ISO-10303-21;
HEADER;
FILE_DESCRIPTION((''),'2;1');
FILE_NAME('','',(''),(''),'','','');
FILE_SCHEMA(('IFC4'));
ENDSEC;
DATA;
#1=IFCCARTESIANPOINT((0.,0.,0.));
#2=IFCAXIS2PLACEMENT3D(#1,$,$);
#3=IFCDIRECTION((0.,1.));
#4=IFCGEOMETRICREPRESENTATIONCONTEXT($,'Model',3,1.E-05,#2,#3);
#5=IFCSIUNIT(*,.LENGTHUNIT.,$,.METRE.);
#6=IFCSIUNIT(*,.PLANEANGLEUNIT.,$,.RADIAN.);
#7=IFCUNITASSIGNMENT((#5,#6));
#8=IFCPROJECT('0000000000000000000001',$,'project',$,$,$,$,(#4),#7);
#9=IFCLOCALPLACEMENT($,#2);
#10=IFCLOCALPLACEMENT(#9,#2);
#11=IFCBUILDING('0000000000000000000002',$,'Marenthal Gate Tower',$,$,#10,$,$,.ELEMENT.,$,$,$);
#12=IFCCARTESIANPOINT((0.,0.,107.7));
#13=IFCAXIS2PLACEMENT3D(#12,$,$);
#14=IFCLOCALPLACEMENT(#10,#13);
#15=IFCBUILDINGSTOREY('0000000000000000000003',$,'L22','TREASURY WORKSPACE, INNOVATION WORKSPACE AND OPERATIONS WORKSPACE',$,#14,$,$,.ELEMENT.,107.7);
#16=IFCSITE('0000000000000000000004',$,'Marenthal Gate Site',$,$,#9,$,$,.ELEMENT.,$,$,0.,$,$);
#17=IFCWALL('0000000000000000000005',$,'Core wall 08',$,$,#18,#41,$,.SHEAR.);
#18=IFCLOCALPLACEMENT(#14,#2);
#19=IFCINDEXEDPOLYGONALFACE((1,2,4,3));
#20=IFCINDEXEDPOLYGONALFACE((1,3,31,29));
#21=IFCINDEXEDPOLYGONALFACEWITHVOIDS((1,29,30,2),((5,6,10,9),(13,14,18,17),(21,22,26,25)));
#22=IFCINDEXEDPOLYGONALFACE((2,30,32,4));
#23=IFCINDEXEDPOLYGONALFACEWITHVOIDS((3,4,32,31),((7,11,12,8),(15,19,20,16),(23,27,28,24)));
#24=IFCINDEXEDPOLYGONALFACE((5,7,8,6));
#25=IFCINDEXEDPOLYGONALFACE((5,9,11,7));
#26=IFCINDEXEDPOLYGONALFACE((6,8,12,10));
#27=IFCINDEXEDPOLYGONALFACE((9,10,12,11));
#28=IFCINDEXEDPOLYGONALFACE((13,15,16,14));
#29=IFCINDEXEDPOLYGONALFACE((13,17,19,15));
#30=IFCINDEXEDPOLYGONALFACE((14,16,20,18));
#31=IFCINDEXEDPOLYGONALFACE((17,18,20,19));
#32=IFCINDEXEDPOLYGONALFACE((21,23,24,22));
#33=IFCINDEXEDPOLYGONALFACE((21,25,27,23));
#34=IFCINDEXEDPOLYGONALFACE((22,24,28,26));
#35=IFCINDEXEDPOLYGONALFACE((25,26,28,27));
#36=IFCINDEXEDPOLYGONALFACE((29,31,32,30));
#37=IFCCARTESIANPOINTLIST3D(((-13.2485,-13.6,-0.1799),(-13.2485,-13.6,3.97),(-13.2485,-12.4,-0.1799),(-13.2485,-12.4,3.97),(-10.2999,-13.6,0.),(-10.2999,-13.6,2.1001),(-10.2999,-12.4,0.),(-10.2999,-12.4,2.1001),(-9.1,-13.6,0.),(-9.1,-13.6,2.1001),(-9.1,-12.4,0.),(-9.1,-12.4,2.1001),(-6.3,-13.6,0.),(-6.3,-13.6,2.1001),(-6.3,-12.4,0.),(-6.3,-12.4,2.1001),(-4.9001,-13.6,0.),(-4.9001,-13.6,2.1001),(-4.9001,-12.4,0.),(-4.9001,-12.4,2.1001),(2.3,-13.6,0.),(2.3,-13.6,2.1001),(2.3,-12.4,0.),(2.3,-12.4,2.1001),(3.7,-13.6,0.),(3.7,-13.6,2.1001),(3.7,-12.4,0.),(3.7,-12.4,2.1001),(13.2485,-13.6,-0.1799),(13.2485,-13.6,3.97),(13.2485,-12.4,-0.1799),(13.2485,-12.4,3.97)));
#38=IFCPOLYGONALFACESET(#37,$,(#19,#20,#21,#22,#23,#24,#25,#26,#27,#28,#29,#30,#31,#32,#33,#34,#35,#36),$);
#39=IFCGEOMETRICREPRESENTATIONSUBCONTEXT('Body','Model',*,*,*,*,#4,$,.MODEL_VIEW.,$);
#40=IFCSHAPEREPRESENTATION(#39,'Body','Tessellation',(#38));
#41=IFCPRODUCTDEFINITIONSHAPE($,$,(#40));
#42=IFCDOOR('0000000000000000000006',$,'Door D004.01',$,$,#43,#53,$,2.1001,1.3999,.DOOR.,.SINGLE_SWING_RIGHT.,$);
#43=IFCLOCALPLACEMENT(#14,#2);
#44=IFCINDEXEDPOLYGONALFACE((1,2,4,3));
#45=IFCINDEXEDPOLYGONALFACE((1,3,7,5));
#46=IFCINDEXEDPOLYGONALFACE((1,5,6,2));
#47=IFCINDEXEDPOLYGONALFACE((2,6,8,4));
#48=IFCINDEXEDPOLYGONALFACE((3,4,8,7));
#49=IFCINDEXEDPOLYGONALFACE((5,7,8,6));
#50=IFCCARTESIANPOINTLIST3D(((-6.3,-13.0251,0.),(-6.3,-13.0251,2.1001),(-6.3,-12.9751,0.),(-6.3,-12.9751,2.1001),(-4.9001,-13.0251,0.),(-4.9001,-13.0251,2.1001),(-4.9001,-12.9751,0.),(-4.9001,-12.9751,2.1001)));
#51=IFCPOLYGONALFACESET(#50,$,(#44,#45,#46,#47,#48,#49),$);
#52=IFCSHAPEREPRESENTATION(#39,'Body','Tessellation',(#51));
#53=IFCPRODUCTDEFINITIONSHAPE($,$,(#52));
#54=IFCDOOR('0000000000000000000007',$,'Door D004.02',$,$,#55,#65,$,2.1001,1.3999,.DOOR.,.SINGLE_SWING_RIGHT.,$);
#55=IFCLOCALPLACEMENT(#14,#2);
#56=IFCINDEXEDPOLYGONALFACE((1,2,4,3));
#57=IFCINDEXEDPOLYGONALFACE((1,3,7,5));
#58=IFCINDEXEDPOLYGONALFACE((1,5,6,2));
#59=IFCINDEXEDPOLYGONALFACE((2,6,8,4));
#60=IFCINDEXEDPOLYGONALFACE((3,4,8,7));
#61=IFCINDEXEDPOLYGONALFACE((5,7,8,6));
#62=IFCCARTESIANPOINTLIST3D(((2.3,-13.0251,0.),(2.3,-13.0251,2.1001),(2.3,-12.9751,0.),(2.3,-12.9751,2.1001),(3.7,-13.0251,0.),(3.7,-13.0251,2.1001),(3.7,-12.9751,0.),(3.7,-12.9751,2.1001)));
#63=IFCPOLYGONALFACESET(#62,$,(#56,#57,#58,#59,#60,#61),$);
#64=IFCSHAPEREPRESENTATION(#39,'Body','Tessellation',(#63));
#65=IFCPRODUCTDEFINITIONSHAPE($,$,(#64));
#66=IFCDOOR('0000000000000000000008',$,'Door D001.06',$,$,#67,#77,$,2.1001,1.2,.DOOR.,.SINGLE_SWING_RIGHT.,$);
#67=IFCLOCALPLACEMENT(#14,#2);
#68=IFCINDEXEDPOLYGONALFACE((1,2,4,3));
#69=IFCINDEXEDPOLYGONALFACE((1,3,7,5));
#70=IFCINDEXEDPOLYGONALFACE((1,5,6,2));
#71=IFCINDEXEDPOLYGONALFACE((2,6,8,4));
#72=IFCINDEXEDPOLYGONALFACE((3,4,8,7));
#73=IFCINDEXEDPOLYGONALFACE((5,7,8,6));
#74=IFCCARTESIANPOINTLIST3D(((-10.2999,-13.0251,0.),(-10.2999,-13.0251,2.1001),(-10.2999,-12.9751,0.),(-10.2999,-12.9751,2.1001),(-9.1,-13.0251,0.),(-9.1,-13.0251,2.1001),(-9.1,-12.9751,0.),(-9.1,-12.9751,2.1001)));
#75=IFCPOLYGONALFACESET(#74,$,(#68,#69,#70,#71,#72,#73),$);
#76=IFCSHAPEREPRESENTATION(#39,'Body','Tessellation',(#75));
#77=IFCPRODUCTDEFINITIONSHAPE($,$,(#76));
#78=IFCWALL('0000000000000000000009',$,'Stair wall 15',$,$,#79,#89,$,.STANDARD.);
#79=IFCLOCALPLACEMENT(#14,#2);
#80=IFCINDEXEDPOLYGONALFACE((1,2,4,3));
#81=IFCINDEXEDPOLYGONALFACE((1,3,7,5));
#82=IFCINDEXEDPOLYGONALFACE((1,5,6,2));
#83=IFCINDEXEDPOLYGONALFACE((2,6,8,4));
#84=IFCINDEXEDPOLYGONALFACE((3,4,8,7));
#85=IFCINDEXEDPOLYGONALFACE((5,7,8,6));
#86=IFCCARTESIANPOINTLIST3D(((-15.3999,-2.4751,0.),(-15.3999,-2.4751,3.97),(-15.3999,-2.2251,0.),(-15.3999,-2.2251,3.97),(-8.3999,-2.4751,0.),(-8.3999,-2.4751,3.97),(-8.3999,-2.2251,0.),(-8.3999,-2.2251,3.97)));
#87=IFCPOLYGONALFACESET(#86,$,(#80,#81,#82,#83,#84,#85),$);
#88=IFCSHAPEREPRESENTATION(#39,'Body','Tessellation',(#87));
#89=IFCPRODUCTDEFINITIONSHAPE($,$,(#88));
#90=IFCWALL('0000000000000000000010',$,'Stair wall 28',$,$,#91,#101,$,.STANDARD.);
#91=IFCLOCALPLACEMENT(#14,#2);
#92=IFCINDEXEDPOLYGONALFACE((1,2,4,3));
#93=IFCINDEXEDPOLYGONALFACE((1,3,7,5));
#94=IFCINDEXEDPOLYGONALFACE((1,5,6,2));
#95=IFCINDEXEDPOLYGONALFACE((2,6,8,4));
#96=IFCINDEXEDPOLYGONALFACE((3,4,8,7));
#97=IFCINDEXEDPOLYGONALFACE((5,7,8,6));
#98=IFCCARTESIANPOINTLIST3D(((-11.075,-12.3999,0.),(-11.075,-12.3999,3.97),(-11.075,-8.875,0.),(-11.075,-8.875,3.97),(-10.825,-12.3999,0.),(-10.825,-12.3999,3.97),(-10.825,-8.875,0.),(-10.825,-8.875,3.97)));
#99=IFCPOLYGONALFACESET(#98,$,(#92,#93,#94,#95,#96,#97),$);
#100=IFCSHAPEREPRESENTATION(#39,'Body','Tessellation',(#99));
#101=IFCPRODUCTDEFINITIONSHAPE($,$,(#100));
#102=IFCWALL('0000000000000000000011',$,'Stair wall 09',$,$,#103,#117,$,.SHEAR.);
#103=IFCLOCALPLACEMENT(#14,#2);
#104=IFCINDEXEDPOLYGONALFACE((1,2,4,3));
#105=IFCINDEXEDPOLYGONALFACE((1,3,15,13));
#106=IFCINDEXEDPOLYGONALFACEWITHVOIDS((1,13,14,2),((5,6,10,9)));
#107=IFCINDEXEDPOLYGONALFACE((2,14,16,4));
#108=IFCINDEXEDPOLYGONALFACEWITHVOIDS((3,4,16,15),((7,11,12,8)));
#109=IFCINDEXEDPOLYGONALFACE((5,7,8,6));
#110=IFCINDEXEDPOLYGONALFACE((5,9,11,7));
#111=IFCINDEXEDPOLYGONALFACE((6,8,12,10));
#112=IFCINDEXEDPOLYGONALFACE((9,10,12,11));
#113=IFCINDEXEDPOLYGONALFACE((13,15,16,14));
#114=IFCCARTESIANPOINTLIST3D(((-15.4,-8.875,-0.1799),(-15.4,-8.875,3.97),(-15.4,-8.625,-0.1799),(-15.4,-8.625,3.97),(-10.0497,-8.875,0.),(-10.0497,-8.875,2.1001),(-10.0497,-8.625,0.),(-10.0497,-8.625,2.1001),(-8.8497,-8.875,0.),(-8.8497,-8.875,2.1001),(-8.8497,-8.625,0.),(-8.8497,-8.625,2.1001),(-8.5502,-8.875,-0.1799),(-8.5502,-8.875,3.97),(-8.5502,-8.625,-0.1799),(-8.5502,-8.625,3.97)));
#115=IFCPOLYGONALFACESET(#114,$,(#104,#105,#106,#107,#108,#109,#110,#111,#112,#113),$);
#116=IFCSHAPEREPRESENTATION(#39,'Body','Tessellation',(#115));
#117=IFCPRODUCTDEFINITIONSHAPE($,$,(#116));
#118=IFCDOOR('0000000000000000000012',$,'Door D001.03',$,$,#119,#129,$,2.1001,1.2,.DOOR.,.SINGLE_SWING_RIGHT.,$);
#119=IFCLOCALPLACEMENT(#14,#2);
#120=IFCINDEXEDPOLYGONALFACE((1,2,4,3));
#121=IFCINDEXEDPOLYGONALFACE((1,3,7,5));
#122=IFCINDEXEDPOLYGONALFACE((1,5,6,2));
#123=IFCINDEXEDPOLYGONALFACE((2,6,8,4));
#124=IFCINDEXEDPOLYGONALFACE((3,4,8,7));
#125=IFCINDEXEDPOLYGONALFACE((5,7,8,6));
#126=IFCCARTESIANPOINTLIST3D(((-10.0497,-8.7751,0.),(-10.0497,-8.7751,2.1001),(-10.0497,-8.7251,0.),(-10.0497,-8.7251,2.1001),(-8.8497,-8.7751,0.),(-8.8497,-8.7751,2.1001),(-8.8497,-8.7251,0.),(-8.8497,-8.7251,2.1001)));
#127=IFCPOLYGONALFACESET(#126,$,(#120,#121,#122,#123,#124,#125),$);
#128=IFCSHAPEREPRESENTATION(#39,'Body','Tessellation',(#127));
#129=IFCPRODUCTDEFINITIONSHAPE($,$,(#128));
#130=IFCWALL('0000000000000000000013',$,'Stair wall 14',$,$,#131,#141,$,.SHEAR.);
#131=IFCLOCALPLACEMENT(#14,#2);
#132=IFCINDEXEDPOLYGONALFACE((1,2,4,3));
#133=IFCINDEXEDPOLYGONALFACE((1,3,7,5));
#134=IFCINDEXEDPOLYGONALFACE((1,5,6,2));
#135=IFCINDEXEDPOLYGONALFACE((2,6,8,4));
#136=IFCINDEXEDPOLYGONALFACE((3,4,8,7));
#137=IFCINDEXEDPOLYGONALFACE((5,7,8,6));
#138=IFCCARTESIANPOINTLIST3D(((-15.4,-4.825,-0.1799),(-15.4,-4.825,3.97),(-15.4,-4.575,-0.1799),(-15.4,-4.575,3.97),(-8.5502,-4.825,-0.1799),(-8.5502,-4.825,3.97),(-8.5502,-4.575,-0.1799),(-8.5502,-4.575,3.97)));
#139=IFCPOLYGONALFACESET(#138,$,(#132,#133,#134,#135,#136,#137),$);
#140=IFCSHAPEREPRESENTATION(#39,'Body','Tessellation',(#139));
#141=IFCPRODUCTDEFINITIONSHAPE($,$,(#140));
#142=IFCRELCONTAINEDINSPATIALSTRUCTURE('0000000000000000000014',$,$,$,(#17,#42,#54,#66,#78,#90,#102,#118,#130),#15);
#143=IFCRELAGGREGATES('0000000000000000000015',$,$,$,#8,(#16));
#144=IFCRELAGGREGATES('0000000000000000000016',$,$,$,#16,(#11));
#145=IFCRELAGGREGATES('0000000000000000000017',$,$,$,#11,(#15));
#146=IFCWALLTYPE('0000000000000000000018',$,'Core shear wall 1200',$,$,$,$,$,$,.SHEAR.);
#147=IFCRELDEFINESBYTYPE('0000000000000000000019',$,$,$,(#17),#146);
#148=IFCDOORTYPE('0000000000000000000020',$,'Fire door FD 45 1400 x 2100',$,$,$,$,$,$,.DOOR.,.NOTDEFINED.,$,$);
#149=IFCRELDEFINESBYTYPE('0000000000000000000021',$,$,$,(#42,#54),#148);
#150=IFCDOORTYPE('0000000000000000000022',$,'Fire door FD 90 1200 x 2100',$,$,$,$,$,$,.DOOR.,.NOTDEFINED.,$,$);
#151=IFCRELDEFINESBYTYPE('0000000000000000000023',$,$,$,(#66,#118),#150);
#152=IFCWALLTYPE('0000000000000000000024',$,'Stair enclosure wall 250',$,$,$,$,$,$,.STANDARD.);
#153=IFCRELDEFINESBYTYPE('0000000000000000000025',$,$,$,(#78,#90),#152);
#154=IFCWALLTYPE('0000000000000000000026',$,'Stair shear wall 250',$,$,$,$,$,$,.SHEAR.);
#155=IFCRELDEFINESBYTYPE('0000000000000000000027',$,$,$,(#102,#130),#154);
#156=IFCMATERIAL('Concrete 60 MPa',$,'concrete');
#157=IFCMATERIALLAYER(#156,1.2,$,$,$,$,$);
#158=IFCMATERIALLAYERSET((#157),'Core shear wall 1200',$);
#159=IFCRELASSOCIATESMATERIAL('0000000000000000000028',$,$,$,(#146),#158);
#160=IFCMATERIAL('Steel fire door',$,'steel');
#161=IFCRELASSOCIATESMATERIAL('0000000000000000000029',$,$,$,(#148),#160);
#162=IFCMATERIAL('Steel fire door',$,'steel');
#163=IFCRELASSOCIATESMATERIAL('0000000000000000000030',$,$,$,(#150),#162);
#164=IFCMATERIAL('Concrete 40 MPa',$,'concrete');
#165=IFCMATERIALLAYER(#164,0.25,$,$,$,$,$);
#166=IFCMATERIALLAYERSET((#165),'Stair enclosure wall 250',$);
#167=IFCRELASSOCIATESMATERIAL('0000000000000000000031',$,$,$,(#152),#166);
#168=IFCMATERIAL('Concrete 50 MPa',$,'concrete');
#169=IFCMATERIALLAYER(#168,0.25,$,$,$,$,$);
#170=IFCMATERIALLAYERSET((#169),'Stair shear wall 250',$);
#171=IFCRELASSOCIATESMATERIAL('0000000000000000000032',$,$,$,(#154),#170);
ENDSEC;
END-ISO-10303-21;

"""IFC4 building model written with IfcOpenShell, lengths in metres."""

from ifc_helpers import new_model, si_unit, direction, frame, frame_2d, origin, place, context, subcontext, project, spatial, rectangle, extrude, material, layer, layer_set, type_object, element, fill, save


model = new_model("IFC4")

# Units and contexts
model_context = context("Model", 3, precision=1e-05, world=origin(), true_north=direction((0.0, 1.0)))
body_context = subcontext(model_context, "Body", "Model", "MODEL_VIEW")
ifc_project = project(units=[si_unit("LENGTHUNIT", "METRE"), si_unit("PLANEANGLEUNIT", "RADIAN")], contexts=[model_context])

# Site, building, storey
site_placement = place(None, origin())
site = spatial("IfcSite", under=ifc_project, at=site_placement, Name="Marenthal Gate Site", CompositionType="ELEMENT", RefElevation=0.0)
building_placement = place(site_placement, origin())
building = spatial("IfcBuilding", under=site, at=building_placement, Name="Marenthal Gate Tower", CompositionType="ELEMENT")
storey_placement = place(building_placement, frame((0.0, 0.0, 107.7)))
storey = spatial("IfcBuildingStorey", under=building, at=storey_placement, Name="L22", Description="TREASURY WORKSPACE, INNOVATION WORKSPACE AND OPERATIONS WORKSPACE", CompositionType="ELEMENT", Elevation=107.7)

# Wall, openings, doors
ifc_material_1 = material(Name="Concrete 60 MPa", Category="concrete")
ifc_layer_1 = layer(ifc_material_1, 1.2)
ifc_layer_set_1 = layer_set([ifc_layer_1], Name="Core shear wall 1200")
wall_type_1 = type_object("IfcWallType", Name="Core shear wall 1200", PredefinedType="SHEAR", material=ifc_layer_set_1)
wall_1_placement = place(storey_placement, frame((-13.2485, -13.0, -0.1799), z_axis=(0.0, 0.0, 1.0), x_axis=(1.0, 0.0, 0.0)))
wall_1 = element("IfcWall", 1, at=wall_1_placement, inside=storey, type_object=wall_type_1, Name="Core wall 08", PredefinedType="SHEAR", context=body_context, shape_type="SweptSolid", body=[
    extrude(rectangle(XDim=26.4971, YDim=1.2, at=frame_2d((13.2485, 0.0))), origin(), (0.0, 0.0, 1.0), 4.1499),
])
opening_1_placement = place(wall_1_placement, frame((2.9485, 0.0, 0.1799)))
opening_1 = element("IfcOpeningElement", 2, at=opening_1_placement, cuts=wall_1, PredefinedType="OPENING", context=body_context, shape_type="SweptSolid", body=[
    extrude(rectangle(XDim=1.2, YDim=2.1001, at=frame_2d((0.6001, 1.05))), frame((0.0, 0.6099, 0.0), z_axis=(0.0, -1.0, 0.0), x_axis=(1.0, 0.0, 0.0)), (0.0, 0.0, 1.0), 1.22),
])
opening_2_placement = place(wall_1_placement, frame((6.9485, 0.0, 0.1799)))
opening_2 = element("IfcOpeningElement", 3, at=opening_2_placement, cuts=wall_1, PredefinedType="OPENING", context=body_context, shape_type="SweptSolid", body=[
    extrude(rectangle(XDim=1.3999, YDim=2.1001, at=frame_2d((0.7, 1.05))), frame((0.0, 0.6099, 0.0), z_axis=(0.0, -1.0, 0.0), x_axis=(1.0, 0.0, 0.0)), (0.0, 0.0, 1.0), 1.22),
])
opening_3_placement = place(wall_1_placement, frame((15.5486, 0.0, 0.1799)))
opening_3 = element("IfcOpeningElement", 4, at=opening_3_placement, cuts=wall_1, PredefinedType="OPENING", context=body_context, shape_type="SweptSolid", body=[
    extrude(rectangle(XDim=1.3999, YDim=2.1001, at=frame_2d((0.7, 1.05))), frame((0.0, 0.6099, 0.0), z_axis=(0.0, -1.0, 0.0), x_axis=(1.0, 0.0, 0.0)), (0.0, 0.0, 1.0), 1.22),
])
ifc_material_2 = material(Name="Steel fire door", Category="steel")
door_type_1 = type_object("IfcDoorType", Name="Fire door FD 45 1400 x 2100", OperationType="NOTDEFINED", PredefinedType="DOOR", material=ifc_material_2)
door_1_placement = place(opening_2_placement, origin())
door_1 = element("IfcDoor", 5, at=door_1_placement, inside=storey, type_object=door_type_1, Name="Door D004.01", OperationType="SINGLE_SWING_RIGHT", OverallHeight=2.1001, OverallWidth=1.3999, PredefinedType="DOOR", context=body_context, shape_type="SweptSolid", body=[
    extrude(rectangle(XDim=1.3999, YDim=2.1001, at=frame_2d((0.7, 1.05))), frame((0.0, 0.0249, 0.0), z_axis=(0.0, -1.0, 0.0), x_axis=(1.0, 0.0, 0.0)), (0.0, 0.0, 1.0), 0.05),
])
fill(opening_2, door_1)
door_2_placement = place(opening_3_placement, origin())
door_2 = element("IfcDoor", 6, at=door_2_placement, inside=storey, type_object=door_type_1, Name="Door D004.02", OperationType="SINGLE_SWING_RIGHT", OverallHeight=2.1001, OverallWidth=1.3999, PredefinedType="DOOR", context=body_context, shape_type="SweptSolid", body=[
    extrude(rectangle(XDim=1.3999, YDim=2.1001, at=frame_2d((0.7, 1.05))), frame((0.0, 0.0249, 0.0), z_axis=(0.0, -1.0, 0.0), x_axis=(1.0, 0.0, 0.0)), (0.0, 0.0, 1.0), 0.05),
])
fill(opening_3, door_2)
ifc_material_3 = material(Name="Steel fire door", Category="steel")
door_type_2 = type_object("IfcDoorType", Name="Fire door FD 90 1200 x 2100", OperationType="NOTDEFINED", PredefinedType="DOOR", material=ifc_material_3)
door_3_placement = place(opening_1_placement, origin())
door_3 = element("IfcDoor", 7, at=door_3_placement, inside=storey, type_object=door_type_2, Name="Door D001.06", OperationType="SINGLE_SWING_RIGHT", OverallHeight=2.1001, OverallWidth=1.2, PredefinedType="DOOR", context=body_context, shape_type="SweptSolid", body=[
    extrude(rectangle(XDim=1.2, YDim=2.1001, at=frame_2d((0.6001, 1.05))), frame((0.0, 0.0249, 0.0), z_axis=(0.0, -1.0, 0.0), x_axis=(1.0, 0.0, 0.0)), (0.0, 0.0, 1.0), 0.05),
])
fill(opening_1, door_3)

# Walls
ifc_material_4 = material(Name="Concrete 40 MPa", Category="concrete")
ifc_layer_2 = layer(ifc_material_4, 0.25)
ifc_layer_set_2 = layer_set([ifc_layer_2], Name="Stair enclosure wall 250")
wall_type_2 = type_object("IfcWallType", Name="Stair enclosure wall 250", PredefinedType="STANDARD", material=ifc_layer_set_2)
wall_2_placement = place(storey_placement, frame((-15.3999, -2.3501, 0.0), z_axis=(0.0, 0.0, 1.0), x_axis=(1.0, 0.0, 0.0)))
element("IfcWall", 8, at=wall_2_placement, inside=storey, type_object=wall_type_2, Name="Stair wall 15", PredefinedType="STANDARD", context=body_context, shape_type="SweptSolid", body=[
    extrude(rectangle(XDim=7.0, YDim=0.25, at=frame_2d((3.5, 0.0))), origin(), (0.0, 0.0, 1.0), 3.97),
])
wall_3_placement = place(storey_placement, frame((-10.95, -12.3999, 0.0), z_axis=(0.0, 0.0, 1.0), x_axis=(0.0, 1.0, 0.0)))
element("IfcWall", 9, at=wall_3_placement, inside=storey, type_object=wall_type_2, Name="Stair wall 28", PredefinedType="STANDARD", context=body_context, shape_type="SweptSolid", body=[
    extrude(rectangle(XDim=3.5249, YDim=0.25, at=frame_2d((1.7625, 0.0))), origin(), (0.0, 0.0, 1.0), 3.97),
])

# Wall, opening, door
ifc_material_5 = material(Name="Concrete 50 MPa", Category="concrete")
ifc_layer_3 = layer(ifc_material_5, 0.25)
ifc_layer_set_3 = layer_set([ifc_layer_3], Name="Stair shear wall 250")
wall_type_3 = type_object("IfcWallType", Name="Stair shear wall 250", PredefinedType="SHEAR", material=ifc_layer_set_3)
wall_4_placement = place(storey_placement, frame((-15.3999, -8.75, -0.1799), z_axis=(0.0, 0.0, 1.0), x_axis=(1.0, 0.0, 0.0)))
wall_4 = element("IfcWall", 10, at=wall_4_placement, inside=storey, type_object=wall_type_3, Name="Stair wall 09", PredefinedType="SHEAR", context=body_context, shape_type="SweptSolid", body=[
    extrude(rectangle(XDim=6.8499, YDim=0.25, at=frame_2d((3.4248, 0.0))), origin(), (0.0, 0.0, 1.0), 4.1499),
])
opening_4_placement = place(wall_4_placement, frame((5.3501, 0.0, 0.1799)))
opening_4 = element("IfcOpeningElement", 11, at=opening_4_placement, cuts=wall_4, PredefinedType="OPENING", context=body_context, shape_type="SweptSolid", body=[
    extrude(rectangle(XDim=1.2, YDim=2.1001, at=frame_2d((0.6001, 1.05))), frame((0.0, 0.135, 0.0), z_axis=(0.0, -1.0, 0.0), x_axis=(1.0, 0.0, 0.0)), (0.0, 0.0, 1.0), 0.27),
])
door_4_placement = place(opening_4_placement, origin())
door_4 = element("IfcDoor", 12, at=door_4_placement, inside=storey, type_object=door_type_2, Name="Door D001.03", OperationType="SINGLE_SWING_RIGHT", OverallHeight=2.1001, OverallWidth=1.2, PredefinedType="DOOR", context=body_context, shape_type="SweptSolid", body=[
    extrude(rectangle(XDim=1.2, YDim=2.1001, at=frame_2d((0.6001, 1.05))), frame((0.0, 0.0249, 0.0), z_axis=(0.0, -1.0, 0.0), x_axis=(1.0, 0.0, 0.0)), (0.0, 0.0, 1.0), 0.05),
])
fill(opening_4, door_4)

# Wall
wall_5_placement = place(storey_placement, frame((-15.3999, -4.7, -0.1799), z_axis=(0.0, 0.0, 1.0), x_axis=(1.0, 0.0, 0.0)))
element("IfcWall", 13, at=wall_5_placement, inside=storey, type_object=wall_type_3, Name="Stair wall 14", PredefinedType="SHEAR", context=body_context, shape_type="SweptSolid", body=[
    extrude(rectangle(XDim=6.8499, YDim=0.25, at=frame_2d((3.4248, 0.0))), origin(), (0.0, 0.0, 1.0), 4.1499),
])

save(model, "model.ifc")
